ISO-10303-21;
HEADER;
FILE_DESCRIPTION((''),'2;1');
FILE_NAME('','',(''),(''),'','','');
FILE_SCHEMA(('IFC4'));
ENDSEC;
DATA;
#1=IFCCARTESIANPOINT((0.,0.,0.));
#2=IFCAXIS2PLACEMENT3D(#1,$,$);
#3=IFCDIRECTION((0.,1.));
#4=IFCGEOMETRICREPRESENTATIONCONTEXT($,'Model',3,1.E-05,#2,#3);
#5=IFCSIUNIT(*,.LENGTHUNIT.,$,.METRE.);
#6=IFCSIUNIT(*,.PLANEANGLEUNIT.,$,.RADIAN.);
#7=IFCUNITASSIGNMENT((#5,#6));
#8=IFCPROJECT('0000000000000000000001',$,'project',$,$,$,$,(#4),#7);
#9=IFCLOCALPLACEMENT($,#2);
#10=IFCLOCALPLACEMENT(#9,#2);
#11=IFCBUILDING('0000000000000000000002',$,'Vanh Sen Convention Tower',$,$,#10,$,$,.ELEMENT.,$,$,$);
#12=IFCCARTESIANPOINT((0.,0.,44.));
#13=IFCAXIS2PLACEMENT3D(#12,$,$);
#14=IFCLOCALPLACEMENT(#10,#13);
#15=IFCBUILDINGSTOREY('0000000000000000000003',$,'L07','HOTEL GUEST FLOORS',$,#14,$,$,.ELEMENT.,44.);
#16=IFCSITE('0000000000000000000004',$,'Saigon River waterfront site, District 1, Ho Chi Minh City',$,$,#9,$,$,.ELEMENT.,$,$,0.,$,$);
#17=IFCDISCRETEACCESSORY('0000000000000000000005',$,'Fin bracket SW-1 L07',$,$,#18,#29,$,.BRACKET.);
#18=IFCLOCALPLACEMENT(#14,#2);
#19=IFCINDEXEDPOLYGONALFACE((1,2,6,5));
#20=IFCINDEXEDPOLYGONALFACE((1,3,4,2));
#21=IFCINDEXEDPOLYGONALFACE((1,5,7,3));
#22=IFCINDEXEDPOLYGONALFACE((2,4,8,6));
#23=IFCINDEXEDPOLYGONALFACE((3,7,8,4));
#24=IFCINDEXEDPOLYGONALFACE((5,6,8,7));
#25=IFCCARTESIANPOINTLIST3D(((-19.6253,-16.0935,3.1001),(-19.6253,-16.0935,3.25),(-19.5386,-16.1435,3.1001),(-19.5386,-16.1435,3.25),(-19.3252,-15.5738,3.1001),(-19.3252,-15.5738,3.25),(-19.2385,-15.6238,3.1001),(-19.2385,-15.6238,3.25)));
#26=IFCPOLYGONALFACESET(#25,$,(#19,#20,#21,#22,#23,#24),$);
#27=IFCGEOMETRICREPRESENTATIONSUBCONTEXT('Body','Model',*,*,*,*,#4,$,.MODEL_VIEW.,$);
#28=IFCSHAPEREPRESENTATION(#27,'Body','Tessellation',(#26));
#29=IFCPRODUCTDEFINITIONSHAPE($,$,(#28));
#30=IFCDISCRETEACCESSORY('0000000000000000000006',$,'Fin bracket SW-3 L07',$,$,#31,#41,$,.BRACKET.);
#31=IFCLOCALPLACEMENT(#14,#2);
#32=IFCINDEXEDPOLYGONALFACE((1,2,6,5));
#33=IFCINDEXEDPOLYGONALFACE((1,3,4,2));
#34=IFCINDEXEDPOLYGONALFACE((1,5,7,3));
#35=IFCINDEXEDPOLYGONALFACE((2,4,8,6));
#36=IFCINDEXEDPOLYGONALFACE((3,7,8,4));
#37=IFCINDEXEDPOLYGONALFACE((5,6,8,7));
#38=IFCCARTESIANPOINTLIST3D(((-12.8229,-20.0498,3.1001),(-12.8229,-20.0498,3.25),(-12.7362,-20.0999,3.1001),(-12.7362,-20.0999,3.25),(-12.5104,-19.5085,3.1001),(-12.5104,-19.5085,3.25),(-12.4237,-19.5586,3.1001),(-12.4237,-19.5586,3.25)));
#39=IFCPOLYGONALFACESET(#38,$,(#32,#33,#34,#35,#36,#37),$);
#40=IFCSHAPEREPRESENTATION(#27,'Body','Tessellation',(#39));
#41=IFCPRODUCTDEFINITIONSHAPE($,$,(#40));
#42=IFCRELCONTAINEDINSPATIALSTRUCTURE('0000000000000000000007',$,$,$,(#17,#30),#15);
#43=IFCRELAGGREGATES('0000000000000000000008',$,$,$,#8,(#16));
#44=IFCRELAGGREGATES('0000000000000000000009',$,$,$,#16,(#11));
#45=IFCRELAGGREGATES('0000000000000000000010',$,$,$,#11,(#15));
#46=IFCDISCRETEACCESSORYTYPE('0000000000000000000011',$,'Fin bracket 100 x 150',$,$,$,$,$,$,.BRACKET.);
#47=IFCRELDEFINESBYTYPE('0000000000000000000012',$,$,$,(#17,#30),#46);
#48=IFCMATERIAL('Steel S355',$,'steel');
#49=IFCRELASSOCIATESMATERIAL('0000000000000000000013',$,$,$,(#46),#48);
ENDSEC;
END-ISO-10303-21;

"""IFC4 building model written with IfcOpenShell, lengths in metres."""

from ifc_helpers import new_model, si_unit, direction, frame, origin, origin_2d, place, context, subcontext, project, spatial, rectangle, extrude, material, type_object, element, save


model = new_model("IFC4")

# Units and contexts
model_context = context("Model", 3, precision=1e-05, world=origin(), true_north=direction((0.0, 1.0)))
body_context = subcontext(model_context, "Body", "Model", "MODEL_VIEW")
ifc_project = project(units=[si_unit("LENGTHUNIT", "METRE"), si_unit("PLANEANGLEUNIT", "RADIAN")], contexts=[model_context])

# Site, building, storey
site_placement = place(None, origin())
site = spatial("IfcSite", under=ifc_project, at=site_placement, Name="Saigon River waterfront site, District 1, Ho Chi Minh City", CompositionType="ELEMENT", RefElevation=0.0)
building_placement = place(site_placement, origin())
building = spatial("IfcBuilding", under=site, at=building_placement, Name="Vanh Sen Convention Tower", CompositionType="ELEMENT")
storey_placement = place(building_placement, frame((0.0, 0.0, 44.0)))
storey = spatial("IfcBuildingStorey", under=building, at=storey_placement, Name="L07", Description="HOTEL GUEST FLOORS", CompositionType="ELEMENT", Elevation=44.0)

# Discrete accessories
ifc_material_1 = material(Name="Steel S355", Category="steel")
discrete_accessory_type = type_object("IfcDiscreteAccessoryType", Name="Fin bracket 100 x 150", PredefinedType="BRACKET", material=ifc_material_1)
discrete_accessory_1_placement = place(storey_placement, frame((-19.4319, -15.8586, 3.1001), z_axis=(0.0, 0.0, 1.0), x_axis=(-0.5, -0.866025, 0.0)))
element("IfcDiscreteAccessory", 1, at=discrete_accessory_1_placement, inside=storey, type_object=discrete_accessory_type, Name="Fin bracket SW-1 L07", PredefinedType="BRACKET", context=body_context, shape_type="SweptSolid", body=[
    extrude(rectangle(XDim=0.6001, YDim=0.1001, at=origin_2d()), origin(), (0.0, 0.0, 1.0), 0.1499),
])
discrete_accessory_2_placement = place(storey_placement, frame((-12.6233, -19.8042, 3.1001), z_axis=(0.0, 0.0, 1.0), x_axis=(-0.5, -0.866025, 0.0)))
element("IfcDiscreteAccessory", 2, at=discrete_accessory_2_placement, inside=storey, type_object=discrete_accessory_type, Name="Fin bracket SW-3 L07", PredefinedType="BRACKET", context=body_context, shape_type="SweptSolid", body=[
    extrude(rectangle(XDim=0.625, YDim=0.1001, at=origin_2d()), origin(), (0.0, 0.0, 1.0), 0.1499),
])

save(model, "model.ifc")
